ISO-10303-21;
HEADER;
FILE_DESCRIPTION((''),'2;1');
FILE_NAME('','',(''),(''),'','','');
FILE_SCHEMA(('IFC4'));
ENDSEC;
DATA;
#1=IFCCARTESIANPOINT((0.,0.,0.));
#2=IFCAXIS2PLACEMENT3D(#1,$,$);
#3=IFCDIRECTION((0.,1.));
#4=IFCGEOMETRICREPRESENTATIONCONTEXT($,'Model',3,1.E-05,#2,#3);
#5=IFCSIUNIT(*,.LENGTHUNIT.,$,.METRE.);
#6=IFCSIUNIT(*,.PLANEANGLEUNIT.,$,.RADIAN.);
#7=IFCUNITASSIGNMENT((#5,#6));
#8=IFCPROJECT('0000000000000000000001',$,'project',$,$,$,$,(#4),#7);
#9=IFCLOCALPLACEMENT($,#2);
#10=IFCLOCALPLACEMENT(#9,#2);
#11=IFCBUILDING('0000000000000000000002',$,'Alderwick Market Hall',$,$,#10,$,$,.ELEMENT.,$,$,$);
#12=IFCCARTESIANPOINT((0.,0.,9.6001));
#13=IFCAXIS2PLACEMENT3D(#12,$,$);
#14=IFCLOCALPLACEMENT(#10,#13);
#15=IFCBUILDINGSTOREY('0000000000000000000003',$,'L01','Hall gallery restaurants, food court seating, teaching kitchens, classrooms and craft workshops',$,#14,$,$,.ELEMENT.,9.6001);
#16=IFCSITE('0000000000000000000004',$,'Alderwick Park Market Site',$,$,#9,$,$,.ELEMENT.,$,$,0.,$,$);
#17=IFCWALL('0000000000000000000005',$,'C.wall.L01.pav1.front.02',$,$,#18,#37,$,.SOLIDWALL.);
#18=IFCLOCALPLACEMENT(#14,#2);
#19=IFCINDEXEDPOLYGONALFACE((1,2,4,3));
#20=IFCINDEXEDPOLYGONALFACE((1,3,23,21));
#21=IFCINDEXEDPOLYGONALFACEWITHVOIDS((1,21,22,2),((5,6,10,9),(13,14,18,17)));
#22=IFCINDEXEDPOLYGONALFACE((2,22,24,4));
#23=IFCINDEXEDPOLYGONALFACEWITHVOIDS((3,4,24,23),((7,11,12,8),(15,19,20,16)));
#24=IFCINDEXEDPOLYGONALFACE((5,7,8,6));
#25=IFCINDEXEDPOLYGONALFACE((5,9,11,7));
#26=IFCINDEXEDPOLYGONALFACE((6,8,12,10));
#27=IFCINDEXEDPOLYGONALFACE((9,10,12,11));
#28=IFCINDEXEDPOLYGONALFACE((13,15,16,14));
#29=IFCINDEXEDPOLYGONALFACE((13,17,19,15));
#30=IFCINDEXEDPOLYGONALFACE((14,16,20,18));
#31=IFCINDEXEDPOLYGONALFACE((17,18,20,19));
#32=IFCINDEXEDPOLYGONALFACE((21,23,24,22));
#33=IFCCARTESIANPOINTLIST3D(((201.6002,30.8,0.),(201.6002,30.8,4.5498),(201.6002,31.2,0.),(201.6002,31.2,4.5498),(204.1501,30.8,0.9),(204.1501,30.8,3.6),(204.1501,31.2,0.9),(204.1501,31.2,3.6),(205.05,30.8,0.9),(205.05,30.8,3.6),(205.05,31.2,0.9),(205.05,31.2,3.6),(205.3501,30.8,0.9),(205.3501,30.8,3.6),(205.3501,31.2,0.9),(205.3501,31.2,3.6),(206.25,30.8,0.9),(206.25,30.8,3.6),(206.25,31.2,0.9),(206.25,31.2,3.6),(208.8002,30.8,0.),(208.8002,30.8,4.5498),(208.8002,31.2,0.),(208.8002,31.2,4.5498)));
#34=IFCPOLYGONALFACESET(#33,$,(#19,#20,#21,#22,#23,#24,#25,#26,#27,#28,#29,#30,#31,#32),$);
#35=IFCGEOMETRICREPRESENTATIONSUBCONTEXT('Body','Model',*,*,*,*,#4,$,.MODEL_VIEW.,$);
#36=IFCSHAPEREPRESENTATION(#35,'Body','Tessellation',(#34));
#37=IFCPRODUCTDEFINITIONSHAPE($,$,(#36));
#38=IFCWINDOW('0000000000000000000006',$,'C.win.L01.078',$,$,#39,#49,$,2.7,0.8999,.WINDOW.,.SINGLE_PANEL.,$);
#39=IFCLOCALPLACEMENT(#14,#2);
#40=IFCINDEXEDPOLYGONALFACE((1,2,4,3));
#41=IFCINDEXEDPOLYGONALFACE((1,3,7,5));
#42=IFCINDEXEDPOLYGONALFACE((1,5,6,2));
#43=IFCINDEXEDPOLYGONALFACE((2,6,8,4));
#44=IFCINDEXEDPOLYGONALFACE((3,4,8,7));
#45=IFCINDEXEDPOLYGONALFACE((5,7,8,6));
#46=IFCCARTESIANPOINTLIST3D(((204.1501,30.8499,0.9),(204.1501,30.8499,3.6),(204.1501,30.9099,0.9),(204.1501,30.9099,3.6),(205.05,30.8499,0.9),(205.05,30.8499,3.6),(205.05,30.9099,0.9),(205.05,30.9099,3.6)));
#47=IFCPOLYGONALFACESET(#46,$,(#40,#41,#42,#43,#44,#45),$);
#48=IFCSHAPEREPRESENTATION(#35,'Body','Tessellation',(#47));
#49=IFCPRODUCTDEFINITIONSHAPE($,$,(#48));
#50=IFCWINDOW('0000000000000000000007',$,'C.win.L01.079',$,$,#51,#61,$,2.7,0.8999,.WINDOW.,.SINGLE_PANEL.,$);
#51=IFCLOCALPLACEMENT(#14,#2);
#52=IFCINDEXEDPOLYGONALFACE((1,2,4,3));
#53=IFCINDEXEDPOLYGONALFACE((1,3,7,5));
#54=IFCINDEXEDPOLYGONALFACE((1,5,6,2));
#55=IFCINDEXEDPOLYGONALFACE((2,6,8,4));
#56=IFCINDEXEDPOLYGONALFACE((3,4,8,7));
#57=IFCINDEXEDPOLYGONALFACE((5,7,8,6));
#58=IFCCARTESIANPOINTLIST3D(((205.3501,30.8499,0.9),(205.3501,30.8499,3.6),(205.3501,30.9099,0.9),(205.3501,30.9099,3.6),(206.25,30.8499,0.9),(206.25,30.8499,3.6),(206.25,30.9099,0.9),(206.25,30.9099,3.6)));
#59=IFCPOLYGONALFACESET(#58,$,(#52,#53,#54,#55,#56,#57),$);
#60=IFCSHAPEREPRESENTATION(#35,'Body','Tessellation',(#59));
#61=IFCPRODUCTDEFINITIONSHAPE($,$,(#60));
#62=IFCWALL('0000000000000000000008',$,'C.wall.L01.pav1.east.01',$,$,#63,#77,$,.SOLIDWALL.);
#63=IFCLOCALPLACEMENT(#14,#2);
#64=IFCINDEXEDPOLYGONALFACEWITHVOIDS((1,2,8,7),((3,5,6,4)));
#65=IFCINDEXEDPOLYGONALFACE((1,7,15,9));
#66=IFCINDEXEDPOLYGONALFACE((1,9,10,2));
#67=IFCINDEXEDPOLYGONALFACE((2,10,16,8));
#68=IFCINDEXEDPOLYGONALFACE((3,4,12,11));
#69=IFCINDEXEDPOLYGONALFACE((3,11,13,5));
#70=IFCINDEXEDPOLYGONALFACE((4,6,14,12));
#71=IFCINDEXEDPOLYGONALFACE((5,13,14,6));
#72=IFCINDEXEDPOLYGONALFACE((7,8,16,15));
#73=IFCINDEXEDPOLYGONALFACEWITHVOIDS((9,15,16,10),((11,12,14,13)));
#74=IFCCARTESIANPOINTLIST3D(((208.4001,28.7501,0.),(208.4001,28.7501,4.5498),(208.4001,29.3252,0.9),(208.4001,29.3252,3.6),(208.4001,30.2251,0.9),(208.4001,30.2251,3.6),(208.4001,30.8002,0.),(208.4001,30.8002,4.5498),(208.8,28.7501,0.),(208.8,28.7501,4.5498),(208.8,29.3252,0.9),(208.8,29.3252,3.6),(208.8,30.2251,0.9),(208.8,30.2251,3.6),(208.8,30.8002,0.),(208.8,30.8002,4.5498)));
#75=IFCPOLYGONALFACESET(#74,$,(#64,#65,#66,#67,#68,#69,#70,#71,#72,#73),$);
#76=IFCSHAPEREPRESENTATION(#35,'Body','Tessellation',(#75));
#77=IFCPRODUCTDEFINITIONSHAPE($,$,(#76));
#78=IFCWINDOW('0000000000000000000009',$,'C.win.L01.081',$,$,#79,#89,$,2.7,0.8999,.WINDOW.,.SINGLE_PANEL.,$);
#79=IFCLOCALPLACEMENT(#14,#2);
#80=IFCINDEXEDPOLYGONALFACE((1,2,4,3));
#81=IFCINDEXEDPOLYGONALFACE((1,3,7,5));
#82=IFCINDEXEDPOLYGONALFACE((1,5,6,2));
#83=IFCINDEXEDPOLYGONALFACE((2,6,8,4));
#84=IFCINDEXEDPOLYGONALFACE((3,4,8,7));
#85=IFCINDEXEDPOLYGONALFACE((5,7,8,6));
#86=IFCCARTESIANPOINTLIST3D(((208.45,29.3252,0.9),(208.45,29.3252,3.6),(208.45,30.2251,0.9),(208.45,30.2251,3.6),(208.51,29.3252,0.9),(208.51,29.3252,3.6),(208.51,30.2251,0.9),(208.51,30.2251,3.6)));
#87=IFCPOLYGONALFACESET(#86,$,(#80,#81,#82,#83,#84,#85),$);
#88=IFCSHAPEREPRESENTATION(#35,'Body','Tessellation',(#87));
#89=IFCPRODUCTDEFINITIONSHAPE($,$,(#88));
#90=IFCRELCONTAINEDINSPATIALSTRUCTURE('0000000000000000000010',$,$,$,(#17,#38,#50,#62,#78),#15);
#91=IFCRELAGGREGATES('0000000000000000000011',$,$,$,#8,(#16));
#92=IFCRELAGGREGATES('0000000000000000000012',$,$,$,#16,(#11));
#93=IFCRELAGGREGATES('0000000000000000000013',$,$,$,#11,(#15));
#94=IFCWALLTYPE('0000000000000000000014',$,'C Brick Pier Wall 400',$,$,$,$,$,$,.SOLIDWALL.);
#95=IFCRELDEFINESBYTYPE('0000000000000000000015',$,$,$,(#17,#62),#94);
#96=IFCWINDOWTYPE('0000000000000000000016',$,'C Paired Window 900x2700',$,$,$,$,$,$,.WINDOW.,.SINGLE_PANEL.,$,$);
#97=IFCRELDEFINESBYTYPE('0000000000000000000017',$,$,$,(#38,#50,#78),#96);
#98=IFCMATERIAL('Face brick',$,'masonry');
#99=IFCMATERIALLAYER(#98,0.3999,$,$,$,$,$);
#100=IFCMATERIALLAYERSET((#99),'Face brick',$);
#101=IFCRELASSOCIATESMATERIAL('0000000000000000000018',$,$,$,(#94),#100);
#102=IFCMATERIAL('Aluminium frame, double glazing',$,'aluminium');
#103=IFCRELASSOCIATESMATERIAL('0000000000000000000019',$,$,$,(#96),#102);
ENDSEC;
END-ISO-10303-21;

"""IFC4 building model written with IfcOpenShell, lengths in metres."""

from ifc_helpers import new_model, si_unit, direction, frame, frame_2d, origin, place, context, subcontext, project, spatial, rectangle, extrude, material, layer, layer_set, type_object, element, fill, save


model = new_model("IFC4")

# Units and contexts
model_context = context("Model", 3, precision=1e-05, world=origin(), true_north=direction((0.0, 1.0)))
body_context = subcontext(model_context, "Body", "Model", "MODEL_VIEW")
ifc_project = project(units=[si_unit("LENGTHUNIT", "METRE"), si_unit("PLANEANGLEUNIT", "RADIAN")], contexts=[model_context])

# Site, building, storey
site_placement = place(None, origin())
site = spatial("IfcSite", under=ifc_project, at=site_placement, Name="Alderwick Park Market Site", CompositionType="ELEMENT", RefElevation=0.0)
building_placement = place(site_placement, origin())
building = spatial("IfcBuilding", under=site, at=building_placement, Name="Alderwick Market Hall", CompositionType="ELEMENT")
storey_placement = place(building_placement, frame((0.0, 0.0, 9.6001)))
storey = spatial("IfcBuildingStorey", under=building, at=storey_placement, Name="L01", Description="Hall gallery restaurants, food court seating, teaching kitchens, classrooms and craft workshops", CompositionType="ELEMENT", Elevation=9.6001)

# Shared definitions
ifc_material_1 = material(Name="Face brick", Category="masonry")
ifc_layer = layer(ifc_material_1, 0.3999)
ifc_layer_set = layer_set([ifc_layer], Name="Face brick")
wall_type = type_object("IfcWallType", Name="C Brick Pier Wall 400", PredefinedType="SOLIDWALL", material=ifc_layer_set)

# Wall, openings, windows
ifc_material_2 = material(Name="Aluminium frame, double glazing", Category="aluminium")
window_type = type_object("IfcWindowType", Name="C Paired Window 900x2700", PartitioningType="SINGLE_PANEL", PredefinedType="WINDOW", material=ifc_material_2)
wall_1_placement = place(storey_placement, frame((201.6001, 31.0, 0.0), z_axis=(0.0, 0.0, 1.0), x_axis=(1.0, 0.0, 0.0)))
wall_1 = element("IfcWall", 1, at=wall_1_placement, inside=storey, type_object=wall_type, Name="C.wall.L01.pav1.front.02", PredefinedType="SOLIDWALL", context=body_context, shape_type="SweptSolid", body=[
    extrude(rectangle(XDim=7.2, YDim=0.3999, at=frame_2d((3.6001, 0.0))), origin(), (0.0, 0.0, 1.0), 4.5498),
])
opening_1_placement = place(wall_1_placement, frame((2.55, 0.0, 0.8999)))
opening_1 = element("IfcOpeningElement", 2, at=opening_1_placement, cuts=wall_1, PredefinedType="OPENING", context=body_context, shape_type="SweptSolid", body=[
    extrude(rectangle(XDim=0.8999, YDim=2.7, at=frame_2d((0.45, 1.3501))), frame((0.0, 0.21, 0.0), z_axis=(0.0, -1.0, 0.0), x_axis=(1.0, 0.0, 0.0)), (0.0, 0.0, 1.0), 0.4199),
])
opening_2_placement = place(wall_1_placement, frame((3.75, 0.0, 0.8999)))
opening_2 = element("IfcOpeningElement", 3, at=opening_2_placement, cuts=wall_1, PredefinedType="OPENING", context=body_context, shape_type="SweptSolid", body=[
    extrude(rectangle(XDim=0.8999, YDim=2.7, at=frame_2d((0.45, 1.3501))), frame((0.0, 0.21, 0.0), z_axis=(0.0, -1.0, 0.0), x_axis=(1.0, 0.0, 0.0)), (0.0, 0.0, 1.0), 0.4199),
])
window_1_placement = place(opening_1_placement, origin())
window_1 = element("IfcWindow", 4, at=window_1_placement, inside=storey, type_object=window_type, Name="C.win.L01.078", OverallHeight=2.7, OverallWidth=0.8999, PartitioningType="SINGLE_PANEL", PredefinedType="WINDOW", context=body_context, shape_type="SweptSolid", body=[
    extrude(rectangle(XDim=0.8999, YDim=2.7, at=frame_2d((0.45, 1.3501))), frame((0.0, -0.0901, 0.0), z_axis=(0.0, -1.0, 0.0), x_axis=(1.0, 0.0, 0.0)), (0.0, 0.0, 1.0), 0.0601),
])
fill(opening_1, window_1)
window_2_placement = place(opening_2_placement, origin())
window_2 = element("IfcWindow", 5, at=window_2_placement, inside=storey, type_object=window_type, Name="C.win.L01.079", OverallHeight=2.7, OverallWidth=0.8999, PartitioningType="SINGLE_PANEL", PredefinedType="WINDOW", context=body_context, shape_type="SweptSolid", body=[
    extrude(rectangle(XDim=0.8999, YDim=2.7, at=frame_2d((0.45, 1.3501))), frame((0.0, -0.0901, 0.0), z_axis=(0.0, -1.0, 0.0), x_axis=(1.0, 0.0, 0.0)), (0.0, 0.0, 1.0), 0.0601),
])
fill(opening_2, window_2)

# Wall, opening, window
wall_2_placement = place(storey_placement, frame((208.6001, 30.8, 0.0), z_axis=(0.0, 0.0, 1.0), x_axis=(0.0, -1.0, 0.0)))
wall_2 = element("IfcWall", 6, at=wall_2_placement, inside=storey, type_object=wall_type, Name="C.wall.L01.pav1.east.01", PredefinedType="SOLIDWALL", context=body_context, shape_type="SweptSolid", body=[
    extrude(rectangle(XDim=2.05, YDim=0.3999, at=frame_2d((1.0249, 0.0))), origin(), (0.0, 0.0, 1.0), 4.5498),
])
opening_3_placement = place(wall_2_placement, frame((0.575, 0.0, 0.8999)))
opening_3 = element("IfcOpeningElement", 7, at=opening_3_placement, cuts=wall_2, PredefinedType="OPENING", context=body_context, shape_type="SweptSolid", body=[
    extrude(rectangle(XDim=0.8999, YDim=2.7, at=frame_2d((0.45, 1.3501))), frame((0.0, 0.21, 0.0), z_axis=(0.0, -1.0, 0.0), x_axis=(1.0, 0.0, 0.0)), (0.0, 0.0, 1.0), 0.4199),
])
window_3_placement = place(opening_3_placement, origin())
window_3 = element("IfcWindow", 8, at=window_3_placement, inside=storey, type_object=window_type, Name="C.win.L01.081", OverallHeight=2.7, OverallWidth=0.8999, PartitioningType="SINGLE_PANEL", PredefinedType="WINDOW", context=body_context, shape_type="SweptSolid", body=[
    extrude(rectangle(XDim=0.8999, YDim=2.7, at=frame_2d((0.45, 1.3501))), frame((0.0, -0.0901, 0.0), z_axis=(0.0, -1.0, 0.0), x_axis=(1.0, 0.0, 0.0)), (0.0, 0.0, 1.0), 0.0601),
])
fill(opening_3, window_3)

save(model, "model.ifc")
